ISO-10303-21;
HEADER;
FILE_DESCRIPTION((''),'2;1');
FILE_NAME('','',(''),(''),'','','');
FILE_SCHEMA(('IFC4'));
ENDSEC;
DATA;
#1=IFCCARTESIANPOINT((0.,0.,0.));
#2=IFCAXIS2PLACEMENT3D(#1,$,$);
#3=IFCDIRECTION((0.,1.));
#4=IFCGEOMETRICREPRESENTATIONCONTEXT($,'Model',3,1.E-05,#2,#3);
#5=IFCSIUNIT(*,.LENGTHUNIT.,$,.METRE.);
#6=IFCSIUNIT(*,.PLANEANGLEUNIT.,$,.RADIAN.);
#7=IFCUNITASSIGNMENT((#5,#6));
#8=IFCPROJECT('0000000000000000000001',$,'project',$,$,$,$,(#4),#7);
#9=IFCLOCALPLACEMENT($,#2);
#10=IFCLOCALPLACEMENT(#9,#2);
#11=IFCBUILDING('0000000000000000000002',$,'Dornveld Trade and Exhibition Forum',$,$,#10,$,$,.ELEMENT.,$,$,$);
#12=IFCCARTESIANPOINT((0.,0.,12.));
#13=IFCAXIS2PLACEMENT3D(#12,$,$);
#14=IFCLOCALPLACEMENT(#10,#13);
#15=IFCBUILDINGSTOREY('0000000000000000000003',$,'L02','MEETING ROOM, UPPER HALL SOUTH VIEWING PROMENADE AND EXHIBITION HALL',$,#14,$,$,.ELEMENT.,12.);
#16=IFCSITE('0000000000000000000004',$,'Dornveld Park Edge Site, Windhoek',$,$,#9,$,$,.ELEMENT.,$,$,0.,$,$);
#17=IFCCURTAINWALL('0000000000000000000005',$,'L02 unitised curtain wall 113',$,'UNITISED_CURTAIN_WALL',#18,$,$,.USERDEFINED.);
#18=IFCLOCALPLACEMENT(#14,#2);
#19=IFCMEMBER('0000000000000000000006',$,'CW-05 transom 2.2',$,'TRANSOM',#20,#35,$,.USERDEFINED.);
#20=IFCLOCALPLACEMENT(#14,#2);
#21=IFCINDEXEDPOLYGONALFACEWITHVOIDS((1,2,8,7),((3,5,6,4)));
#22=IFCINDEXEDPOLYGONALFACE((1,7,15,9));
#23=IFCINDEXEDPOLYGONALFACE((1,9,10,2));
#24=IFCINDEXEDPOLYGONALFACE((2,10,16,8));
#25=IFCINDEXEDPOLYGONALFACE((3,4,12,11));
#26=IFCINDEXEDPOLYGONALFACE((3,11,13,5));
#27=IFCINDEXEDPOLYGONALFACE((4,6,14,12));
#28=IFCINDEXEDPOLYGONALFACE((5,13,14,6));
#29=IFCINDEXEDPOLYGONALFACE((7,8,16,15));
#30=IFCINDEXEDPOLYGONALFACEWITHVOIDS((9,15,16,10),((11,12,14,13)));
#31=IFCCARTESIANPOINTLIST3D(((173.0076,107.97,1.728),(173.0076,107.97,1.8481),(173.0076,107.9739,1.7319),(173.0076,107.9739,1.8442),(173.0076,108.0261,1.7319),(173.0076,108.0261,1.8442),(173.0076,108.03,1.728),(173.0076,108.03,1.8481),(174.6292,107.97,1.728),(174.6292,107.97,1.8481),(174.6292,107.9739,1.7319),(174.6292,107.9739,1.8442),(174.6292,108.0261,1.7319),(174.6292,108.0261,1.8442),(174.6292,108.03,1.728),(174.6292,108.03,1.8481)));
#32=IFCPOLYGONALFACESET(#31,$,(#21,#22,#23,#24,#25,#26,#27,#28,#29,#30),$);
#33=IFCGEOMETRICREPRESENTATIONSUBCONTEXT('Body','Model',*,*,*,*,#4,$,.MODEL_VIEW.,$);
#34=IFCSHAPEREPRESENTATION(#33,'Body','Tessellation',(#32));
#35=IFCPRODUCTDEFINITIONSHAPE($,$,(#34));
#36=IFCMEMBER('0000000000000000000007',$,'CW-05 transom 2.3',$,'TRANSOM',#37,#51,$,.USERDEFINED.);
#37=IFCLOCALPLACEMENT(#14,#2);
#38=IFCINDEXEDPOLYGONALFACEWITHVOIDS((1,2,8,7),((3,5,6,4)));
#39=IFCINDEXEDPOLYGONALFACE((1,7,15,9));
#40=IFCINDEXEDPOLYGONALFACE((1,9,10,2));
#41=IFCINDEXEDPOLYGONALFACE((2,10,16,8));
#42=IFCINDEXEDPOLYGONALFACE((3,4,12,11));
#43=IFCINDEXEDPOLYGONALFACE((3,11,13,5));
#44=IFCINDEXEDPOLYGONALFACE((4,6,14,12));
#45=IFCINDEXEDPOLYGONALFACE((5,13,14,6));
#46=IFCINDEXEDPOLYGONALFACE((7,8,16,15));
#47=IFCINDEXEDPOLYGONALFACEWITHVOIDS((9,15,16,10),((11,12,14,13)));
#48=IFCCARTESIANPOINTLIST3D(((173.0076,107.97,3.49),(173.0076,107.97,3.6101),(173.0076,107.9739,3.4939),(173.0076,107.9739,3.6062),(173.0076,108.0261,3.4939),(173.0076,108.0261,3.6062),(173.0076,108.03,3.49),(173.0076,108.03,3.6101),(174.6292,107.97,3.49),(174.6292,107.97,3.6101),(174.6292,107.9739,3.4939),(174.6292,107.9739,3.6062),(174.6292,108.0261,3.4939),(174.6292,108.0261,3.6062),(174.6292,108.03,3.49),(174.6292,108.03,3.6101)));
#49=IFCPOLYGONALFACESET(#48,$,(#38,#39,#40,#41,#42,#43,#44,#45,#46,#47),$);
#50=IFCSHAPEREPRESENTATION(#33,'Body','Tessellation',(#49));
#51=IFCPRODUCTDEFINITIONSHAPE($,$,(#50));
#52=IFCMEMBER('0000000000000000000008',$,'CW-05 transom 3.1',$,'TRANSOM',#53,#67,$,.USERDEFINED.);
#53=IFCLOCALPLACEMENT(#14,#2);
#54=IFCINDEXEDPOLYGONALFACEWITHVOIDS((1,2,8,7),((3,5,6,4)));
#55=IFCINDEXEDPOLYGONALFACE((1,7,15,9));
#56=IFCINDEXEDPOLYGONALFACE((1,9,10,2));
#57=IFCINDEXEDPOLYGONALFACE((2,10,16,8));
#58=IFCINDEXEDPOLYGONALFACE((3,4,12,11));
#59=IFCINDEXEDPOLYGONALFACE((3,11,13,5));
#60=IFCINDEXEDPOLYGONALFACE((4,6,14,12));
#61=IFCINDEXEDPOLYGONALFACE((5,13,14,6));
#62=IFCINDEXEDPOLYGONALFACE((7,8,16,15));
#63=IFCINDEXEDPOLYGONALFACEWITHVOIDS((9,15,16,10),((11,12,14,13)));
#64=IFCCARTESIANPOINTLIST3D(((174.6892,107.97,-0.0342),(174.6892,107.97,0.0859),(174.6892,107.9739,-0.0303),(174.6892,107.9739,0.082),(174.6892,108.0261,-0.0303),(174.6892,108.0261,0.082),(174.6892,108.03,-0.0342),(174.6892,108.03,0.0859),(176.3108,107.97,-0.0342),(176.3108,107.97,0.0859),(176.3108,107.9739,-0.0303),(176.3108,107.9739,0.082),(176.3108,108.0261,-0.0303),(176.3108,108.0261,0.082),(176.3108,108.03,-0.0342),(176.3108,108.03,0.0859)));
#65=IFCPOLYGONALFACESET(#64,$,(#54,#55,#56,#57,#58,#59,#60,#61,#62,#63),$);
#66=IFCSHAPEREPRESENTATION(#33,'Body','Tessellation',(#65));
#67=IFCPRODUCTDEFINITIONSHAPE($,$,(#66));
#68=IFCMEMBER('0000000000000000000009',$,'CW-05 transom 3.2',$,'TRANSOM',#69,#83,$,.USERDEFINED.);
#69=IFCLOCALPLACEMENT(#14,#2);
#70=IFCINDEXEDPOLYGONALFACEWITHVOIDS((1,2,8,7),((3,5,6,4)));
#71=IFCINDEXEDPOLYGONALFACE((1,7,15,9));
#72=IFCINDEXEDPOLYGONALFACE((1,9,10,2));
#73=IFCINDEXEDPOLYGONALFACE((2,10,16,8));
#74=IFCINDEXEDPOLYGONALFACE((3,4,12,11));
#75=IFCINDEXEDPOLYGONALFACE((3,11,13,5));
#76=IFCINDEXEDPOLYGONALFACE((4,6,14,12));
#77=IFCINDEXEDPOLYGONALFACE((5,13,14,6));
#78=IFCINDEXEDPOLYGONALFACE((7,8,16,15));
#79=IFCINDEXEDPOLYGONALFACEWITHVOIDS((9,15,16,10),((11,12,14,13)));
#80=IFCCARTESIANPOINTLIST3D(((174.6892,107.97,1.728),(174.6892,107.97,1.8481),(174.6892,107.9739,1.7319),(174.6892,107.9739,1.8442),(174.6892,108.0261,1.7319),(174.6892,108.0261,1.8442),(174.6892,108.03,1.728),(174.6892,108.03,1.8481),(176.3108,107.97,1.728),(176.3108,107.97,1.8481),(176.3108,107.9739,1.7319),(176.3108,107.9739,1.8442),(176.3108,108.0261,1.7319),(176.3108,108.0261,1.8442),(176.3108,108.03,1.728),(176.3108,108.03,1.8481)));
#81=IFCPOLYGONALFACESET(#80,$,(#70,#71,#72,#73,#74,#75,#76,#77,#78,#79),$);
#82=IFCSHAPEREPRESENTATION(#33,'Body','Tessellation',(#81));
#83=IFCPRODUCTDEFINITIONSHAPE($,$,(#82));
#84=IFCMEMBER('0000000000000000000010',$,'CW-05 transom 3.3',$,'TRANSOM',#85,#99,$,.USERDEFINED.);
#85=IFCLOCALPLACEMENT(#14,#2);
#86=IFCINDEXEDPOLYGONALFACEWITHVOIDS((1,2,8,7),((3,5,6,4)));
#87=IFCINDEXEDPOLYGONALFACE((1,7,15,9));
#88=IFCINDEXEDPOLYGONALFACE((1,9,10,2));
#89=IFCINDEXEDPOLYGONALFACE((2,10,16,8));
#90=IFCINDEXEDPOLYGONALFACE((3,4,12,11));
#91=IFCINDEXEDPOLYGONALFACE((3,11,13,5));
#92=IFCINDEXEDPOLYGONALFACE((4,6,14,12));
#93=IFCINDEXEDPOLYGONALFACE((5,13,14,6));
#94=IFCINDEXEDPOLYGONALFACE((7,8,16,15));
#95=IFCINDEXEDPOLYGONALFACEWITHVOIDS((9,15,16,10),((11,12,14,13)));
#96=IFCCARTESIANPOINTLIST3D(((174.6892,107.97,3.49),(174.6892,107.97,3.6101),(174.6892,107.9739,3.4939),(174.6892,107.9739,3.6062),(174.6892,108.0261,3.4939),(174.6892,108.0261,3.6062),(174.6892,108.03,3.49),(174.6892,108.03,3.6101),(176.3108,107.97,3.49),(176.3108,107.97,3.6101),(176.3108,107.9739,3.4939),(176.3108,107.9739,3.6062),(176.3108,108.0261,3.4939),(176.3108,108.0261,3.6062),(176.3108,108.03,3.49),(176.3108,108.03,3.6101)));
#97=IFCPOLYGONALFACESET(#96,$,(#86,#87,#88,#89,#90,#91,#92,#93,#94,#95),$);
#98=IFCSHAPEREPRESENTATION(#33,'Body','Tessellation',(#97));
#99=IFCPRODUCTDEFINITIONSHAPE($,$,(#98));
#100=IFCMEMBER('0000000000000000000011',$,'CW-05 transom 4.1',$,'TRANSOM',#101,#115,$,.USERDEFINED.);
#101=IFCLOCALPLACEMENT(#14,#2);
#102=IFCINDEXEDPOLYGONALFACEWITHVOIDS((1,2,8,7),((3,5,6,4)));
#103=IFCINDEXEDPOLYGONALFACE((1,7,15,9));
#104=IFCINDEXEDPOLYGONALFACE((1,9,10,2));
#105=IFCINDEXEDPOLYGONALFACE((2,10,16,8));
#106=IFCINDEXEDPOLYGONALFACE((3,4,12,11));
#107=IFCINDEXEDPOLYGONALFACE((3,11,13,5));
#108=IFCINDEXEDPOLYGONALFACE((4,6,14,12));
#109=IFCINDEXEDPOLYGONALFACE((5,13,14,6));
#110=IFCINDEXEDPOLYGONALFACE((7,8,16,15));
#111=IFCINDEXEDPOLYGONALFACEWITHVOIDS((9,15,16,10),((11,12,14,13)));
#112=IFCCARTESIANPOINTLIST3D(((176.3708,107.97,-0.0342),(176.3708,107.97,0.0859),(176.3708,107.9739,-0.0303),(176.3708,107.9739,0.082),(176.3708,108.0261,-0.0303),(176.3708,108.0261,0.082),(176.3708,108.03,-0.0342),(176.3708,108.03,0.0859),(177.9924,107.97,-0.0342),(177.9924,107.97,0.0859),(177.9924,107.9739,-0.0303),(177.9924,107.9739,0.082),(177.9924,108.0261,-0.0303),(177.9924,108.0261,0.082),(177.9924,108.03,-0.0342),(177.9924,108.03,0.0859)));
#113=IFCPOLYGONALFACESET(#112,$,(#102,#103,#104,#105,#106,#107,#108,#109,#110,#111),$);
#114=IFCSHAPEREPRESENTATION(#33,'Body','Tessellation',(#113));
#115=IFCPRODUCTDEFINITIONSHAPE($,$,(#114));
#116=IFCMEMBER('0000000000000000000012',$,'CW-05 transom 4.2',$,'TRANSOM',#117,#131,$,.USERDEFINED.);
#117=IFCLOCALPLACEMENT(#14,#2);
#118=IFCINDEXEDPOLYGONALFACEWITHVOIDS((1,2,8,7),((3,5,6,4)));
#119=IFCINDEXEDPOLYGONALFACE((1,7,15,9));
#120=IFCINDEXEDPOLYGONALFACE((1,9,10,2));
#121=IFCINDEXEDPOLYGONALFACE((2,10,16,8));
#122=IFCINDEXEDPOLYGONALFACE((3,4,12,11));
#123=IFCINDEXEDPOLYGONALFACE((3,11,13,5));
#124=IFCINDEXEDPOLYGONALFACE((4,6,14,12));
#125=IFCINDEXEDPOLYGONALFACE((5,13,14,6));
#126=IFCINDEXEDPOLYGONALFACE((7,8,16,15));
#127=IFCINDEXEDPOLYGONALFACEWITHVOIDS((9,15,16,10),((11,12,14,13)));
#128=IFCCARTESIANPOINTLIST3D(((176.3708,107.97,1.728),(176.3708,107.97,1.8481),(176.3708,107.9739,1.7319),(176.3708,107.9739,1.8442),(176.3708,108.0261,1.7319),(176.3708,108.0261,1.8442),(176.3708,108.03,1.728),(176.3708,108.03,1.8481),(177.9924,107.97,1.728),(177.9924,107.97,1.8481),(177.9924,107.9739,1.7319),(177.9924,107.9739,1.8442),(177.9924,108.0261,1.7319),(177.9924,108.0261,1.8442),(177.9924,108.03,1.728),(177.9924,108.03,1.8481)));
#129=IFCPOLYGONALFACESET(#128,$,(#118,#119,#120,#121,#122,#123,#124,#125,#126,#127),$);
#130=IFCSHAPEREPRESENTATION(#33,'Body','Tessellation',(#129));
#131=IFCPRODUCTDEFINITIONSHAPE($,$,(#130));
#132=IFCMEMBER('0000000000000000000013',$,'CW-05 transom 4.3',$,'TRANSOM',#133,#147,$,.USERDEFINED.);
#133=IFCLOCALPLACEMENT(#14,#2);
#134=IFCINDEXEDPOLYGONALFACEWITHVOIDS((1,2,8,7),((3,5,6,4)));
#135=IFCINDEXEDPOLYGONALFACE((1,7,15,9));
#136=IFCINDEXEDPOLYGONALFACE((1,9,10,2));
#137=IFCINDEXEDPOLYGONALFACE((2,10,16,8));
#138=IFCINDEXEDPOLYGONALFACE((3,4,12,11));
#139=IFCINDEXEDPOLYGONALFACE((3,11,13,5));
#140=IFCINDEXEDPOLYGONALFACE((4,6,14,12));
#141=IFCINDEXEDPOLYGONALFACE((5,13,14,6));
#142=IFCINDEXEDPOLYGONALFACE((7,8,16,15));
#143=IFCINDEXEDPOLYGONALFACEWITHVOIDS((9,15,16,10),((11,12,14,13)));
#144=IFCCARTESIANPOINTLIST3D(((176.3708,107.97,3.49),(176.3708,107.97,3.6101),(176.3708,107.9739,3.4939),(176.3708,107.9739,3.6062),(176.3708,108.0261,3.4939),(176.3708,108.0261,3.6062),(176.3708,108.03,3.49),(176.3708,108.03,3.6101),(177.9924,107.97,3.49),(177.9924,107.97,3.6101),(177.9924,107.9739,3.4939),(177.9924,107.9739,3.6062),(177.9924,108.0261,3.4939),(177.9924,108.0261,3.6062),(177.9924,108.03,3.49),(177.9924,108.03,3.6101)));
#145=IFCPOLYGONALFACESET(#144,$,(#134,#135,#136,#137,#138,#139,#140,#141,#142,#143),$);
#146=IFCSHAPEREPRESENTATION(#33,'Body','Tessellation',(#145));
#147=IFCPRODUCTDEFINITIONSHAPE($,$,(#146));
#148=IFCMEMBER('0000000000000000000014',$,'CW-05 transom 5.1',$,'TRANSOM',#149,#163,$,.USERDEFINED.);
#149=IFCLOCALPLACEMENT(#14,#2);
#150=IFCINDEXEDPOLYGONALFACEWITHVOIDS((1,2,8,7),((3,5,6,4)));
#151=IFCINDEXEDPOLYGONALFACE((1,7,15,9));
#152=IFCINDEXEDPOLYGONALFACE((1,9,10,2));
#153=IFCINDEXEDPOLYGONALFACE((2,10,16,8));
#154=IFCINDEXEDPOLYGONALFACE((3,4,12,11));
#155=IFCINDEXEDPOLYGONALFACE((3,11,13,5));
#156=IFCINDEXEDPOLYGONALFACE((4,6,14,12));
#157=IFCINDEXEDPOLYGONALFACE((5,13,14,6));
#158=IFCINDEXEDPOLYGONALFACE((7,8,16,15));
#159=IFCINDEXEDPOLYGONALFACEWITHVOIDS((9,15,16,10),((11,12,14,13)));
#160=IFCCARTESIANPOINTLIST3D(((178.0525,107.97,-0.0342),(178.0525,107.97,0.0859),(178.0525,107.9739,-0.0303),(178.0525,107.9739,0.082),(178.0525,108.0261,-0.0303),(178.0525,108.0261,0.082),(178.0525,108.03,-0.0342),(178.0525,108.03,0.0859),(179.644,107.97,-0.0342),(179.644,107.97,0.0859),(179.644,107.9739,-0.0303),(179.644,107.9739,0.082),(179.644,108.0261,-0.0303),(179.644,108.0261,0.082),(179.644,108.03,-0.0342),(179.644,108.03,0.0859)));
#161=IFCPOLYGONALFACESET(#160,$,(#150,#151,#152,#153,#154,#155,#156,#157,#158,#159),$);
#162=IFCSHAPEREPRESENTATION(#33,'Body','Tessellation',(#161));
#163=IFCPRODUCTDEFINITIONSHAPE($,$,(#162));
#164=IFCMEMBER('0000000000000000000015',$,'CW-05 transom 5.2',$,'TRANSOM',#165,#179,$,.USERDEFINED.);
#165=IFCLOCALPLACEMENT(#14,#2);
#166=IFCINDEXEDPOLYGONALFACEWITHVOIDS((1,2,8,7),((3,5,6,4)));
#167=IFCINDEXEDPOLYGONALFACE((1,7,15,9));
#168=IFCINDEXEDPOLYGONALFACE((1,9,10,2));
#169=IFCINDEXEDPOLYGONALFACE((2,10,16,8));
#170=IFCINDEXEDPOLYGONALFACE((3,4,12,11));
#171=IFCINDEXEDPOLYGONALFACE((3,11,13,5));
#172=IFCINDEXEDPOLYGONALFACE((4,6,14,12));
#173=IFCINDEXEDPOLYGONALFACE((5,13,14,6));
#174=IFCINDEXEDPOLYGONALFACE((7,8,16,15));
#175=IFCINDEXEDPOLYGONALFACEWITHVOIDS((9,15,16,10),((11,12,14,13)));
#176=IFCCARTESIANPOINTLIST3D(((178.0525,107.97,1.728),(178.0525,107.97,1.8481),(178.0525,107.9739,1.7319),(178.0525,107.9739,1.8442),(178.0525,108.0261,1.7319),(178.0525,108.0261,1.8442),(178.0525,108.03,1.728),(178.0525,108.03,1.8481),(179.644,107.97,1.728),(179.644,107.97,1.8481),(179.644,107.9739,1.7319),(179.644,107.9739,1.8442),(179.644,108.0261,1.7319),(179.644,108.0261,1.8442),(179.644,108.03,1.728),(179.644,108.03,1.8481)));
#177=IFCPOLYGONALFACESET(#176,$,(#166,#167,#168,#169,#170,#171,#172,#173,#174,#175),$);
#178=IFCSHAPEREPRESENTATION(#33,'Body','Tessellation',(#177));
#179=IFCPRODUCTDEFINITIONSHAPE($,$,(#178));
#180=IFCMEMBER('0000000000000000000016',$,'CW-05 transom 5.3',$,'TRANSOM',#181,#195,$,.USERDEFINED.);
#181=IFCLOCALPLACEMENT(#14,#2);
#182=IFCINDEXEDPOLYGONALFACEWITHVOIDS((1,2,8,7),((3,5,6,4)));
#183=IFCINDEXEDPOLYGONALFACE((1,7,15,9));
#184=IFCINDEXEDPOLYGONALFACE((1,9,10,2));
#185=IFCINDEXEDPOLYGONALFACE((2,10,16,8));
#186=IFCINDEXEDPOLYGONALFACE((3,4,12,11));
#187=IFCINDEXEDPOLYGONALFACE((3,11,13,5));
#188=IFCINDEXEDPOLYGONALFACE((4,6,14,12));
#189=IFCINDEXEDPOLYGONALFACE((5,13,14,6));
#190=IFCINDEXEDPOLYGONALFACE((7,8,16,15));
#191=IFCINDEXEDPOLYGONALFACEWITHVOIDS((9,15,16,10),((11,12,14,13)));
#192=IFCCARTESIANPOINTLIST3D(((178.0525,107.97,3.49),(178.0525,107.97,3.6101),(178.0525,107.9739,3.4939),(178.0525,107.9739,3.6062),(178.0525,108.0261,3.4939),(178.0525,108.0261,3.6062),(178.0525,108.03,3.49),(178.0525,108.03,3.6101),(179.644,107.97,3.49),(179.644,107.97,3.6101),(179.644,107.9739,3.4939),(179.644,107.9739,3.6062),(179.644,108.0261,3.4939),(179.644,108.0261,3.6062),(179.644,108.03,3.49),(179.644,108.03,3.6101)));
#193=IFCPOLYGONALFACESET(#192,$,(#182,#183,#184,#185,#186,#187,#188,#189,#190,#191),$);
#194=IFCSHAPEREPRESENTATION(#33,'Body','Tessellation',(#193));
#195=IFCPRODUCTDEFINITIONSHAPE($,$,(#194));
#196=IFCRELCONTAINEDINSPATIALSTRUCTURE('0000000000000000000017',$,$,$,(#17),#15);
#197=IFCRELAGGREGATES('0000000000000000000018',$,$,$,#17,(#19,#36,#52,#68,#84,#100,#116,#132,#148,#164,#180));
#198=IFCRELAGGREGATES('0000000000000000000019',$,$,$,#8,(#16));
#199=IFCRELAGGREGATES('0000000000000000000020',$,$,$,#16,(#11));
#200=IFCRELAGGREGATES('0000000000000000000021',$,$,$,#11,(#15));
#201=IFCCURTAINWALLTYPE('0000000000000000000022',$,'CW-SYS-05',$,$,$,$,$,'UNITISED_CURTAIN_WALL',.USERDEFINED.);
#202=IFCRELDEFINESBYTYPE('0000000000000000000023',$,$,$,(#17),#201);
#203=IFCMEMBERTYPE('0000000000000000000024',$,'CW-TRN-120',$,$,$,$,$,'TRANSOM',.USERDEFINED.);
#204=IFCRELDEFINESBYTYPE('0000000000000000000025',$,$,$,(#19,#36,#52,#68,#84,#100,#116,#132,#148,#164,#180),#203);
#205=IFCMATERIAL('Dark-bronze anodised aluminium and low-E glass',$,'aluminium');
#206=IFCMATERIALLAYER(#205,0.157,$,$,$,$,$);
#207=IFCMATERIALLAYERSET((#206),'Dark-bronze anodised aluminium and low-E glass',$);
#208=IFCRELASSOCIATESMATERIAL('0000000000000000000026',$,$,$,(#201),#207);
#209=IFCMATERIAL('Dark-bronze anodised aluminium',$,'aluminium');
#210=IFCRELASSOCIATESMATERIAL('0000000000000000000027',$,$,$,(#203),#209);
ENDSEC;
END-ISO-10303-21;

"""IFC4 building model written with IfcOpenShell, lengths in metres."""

from ifc_helpers import new_model, si_unit, direction, frame, origin, origin_2d, place, context, subcontext, project, spatial, hollow_rectangle, extrude, material, layer, layer_set, material_profile, profile_set, type_object, element, aggregate, save


model = new_model("IFC4")

# Units and contexts
model_context = context("Model", 3, precision=1e-05, world=origin(), true_north=direction((0.0, 1.0)))
body_context = subcontext(model_context, "Body", "Model", "MODEL_VIEW")
ifc_project = project(units=[si_unit("LENGTHUNIT", "METRE"), si_unit("PLANEANGLEUNIT", "RADIAN")], contexts=[model_context])

# Site, building, storey
site_placement = place(None, origin())
site = spatial("IfcSite", under=ifc_project, at=site_placement, Name="Dornveld Park Edge Site, Windhoek", CompositionType="ELEMENT", RefElevation=0.0)
building_placement = place(site_placement, origin())
building = spatial("IfcBuilding", under=site, at=building_placement, Name="Dornveld Trade and Exhibition Forum", CompositionType="ELEMENT")
storey_placement = place(building_placement, frame((0.0, 0.0, 12.0)))
storey = spatial("IfcBuildingStorey", under=building, at=storey_placement, Name="L02", Description="MEETING ROOM, UPPER HALL SOUTH VIEWING PROMENADE AND EXHIBITION HALL", CompositionType="ELEMENT", Elevation=12.0)

# Curtain wall, members
ifc_material_1 = material(Name="Dark-bronze anodised aluminium and low-E glass", Category="aluminium")
ifc_layer_1 = layer(ifc_material_1, 0.157)
ifc_layer_set_1 = layer_set([ifc_layer_1], Name="Dark-bronze anodised aluminium and low-E glass")
curtain_wall_type = type_object("IfcCurtainWallType", Name="CW-SYS-05", ElementType="UNITISED_CURTAIN_WALL", PredefinedType="USERDEFINED", material=ifc_layer_set_1)
curtain_wall_placement = place(storey_placement, origin())
curtain_wall = element("IfcCurtainWall", 1, at=curtain_wall_placement, inside=storey, type_object=curtain_wall_type, Name="L02 unitised curtain wall 113", ObjectType="UNITISED_CURTAIN_WALL", PredefinedType="USERDEFINED")
ifc_material_2 = material(Name="Dark-bronze anodised aluminium", Category="aluminium")
ifc_material_profile_1 = material_profile(ifc_material_2, hollow_rectangle(XDim=0.0601, YDim=0.1201, WallThickness=0.0039, at=origin_2d()), Name="RHS 120x60x4")
ifc_profile_set_1 = profile_set([ifc_material_profile_1], Name="Dark-bronze anodised aluminium")
member_type_1 = type_object("IfcMemberType", Name="CW-TRN-120", ElementType="TRANSOM", PredefinedType="USERDEFINED", material=ifc_profile_set_1)
member_1_placement = place(storey_placement, frame((173.0076, 108.0, 1.7881), z_axis=(1.0, 0.0, 0.0), x_axis=(0.0, 1.0, 0.0)))
member_1 = element("IfcMember", 2, at=member_1_placement, type_object=member_type_1, Name="CW-05 transom 2.2", ObjectType="TRANSOM", PredefinedType="USERDEFINED", context=body_context, shape_type="SweptSolid", body=[
    extrude(hollow_rectangle(XDim=0.0601, YDim=0.1201, WallThickness=0.0039, at=origin_2d()), origin(), (0.0, 0.0, 1.0), 1.6216),
])
member_2_placement = place(storey_placement, frame((173.0076, 108.0, 3.55), z_axis=(1.0, 0.0, 0.0), x_axis=(0.0, 1.0, 0.0)))
member_2 = element("IfcMember", 3, at=member_2_placement, type_object=member_type_1, Name="CW-05 transom 2.3", ObjectType="TRANSOM", PredefinedType="USERDEFINED", context=body_context, shape_type="SweptSolid", body=[
    extrude(hollow_rectangle(XDim=0.0601, YDim=0.1201, WallThickness=0.0039, at=origin_2d()), origin(), (0.0, 0.0, 1.0), 1.6216),
])
member_3_placement = place(storey_placement, frame((174.6892, 108.0, 0.0259), z_axis=(1.0, 0.0, 0.0), x_axis=(0.0, 1.0, 0.0)))
member_3 = element("IfcMember", 4, at=member_3_placement, type_object=member_type_1, Name="CW-05 transom 3.1", ObjectType="TRANSOM", PredefinedType="USERDEFINED", context=body_context, shape_type="SweptSolid", body=[
    extrude(hollow_rectangle(XDim=0.0601, YDim=0.1201, WallThickness=0.0039, at=origin_2d()), origin(), (0.0, 0.0, 1.0), 1.6216),
])
member_4_placement = place(storey_placement, frame((174.6892, 108.0, 1.7881), z_axis=(1.0, 0.0, 0.0), x_axis=(0.0, 1.0, 0.0)))
member_4 = element("IfcMember", 5, at=member_4_placement, type_object=member_type_1, Name="CW-05 transom 3.2", ObjectType="TRANSOM", PredefinedType="USERDEFINED", context=body_context, shape_type="SweptSolid", body=[
    extrude(hollow_rectangle(XDim=0.0601, YDim=0.1201, WallThickness=0.0039, at=origin_2d()), origin(), (0.0, 0.0, 1.0), 1.6216),
])
member_5_placement = place(storey_placement, frame((174.6892, 108.0, 3.55), z_axis=(1.0, 0.0, 0.0), x_axis=(0.0, 1.0, 0.0)))
member_5 = element("IfcMember", 6, at=member_5_placement, type_object=member_type_1, Name="CW-05 transom 3.3", ObjectType="TRANSOM", PredefinedType="USERDEFINED", context=body_context, shape_type="SweptSolid", body=[
    extrude(hollow_rectangle(XDim=0.0601, YDim=0.1201, WallThickness=0.0039, at=origin_2d()), origin(), (0.0, 0.0, 1.0), 1.6216),
])
member_6_placement = place(storey_placement, frame((176.3708, 108.0, 0.0259), z_axis=(1.0, 0.0, 0.0), x_axis=(0.0, 1.0, 0.0)))
member_6 = element("IfcMember", 7, at=member_6_placement, type_object=member_type_1, Name="CW-05 transom 4.1", ObjectType="TRANSOM", PredefinedType="USERDEFINED", context=body_context, shape_type="SweptSolid", body=[
    extrude(hollow_rectangle(XDim=0.0601, YDim=0.1201, WallThickness=0.0039, at=origin_2d()), origin(), (0.0, 0.0, 1.0), 1.6216),
])
member_7_placement = place(storey_placement, frame((176.3708, 108.0, 1.7881), z_axis=(1.0, 0.0, 0.0), x_axis=(0.0, 1.0, 0.0)))
member_7 = element("IfcMember", 8, at=member_7_placement, type_object=member_type_1, Name="CW-05 transom 4.2", ObjectType="TRANSOM", PredefinedType="USERDEFINED", context=body_context, shape_type="SweptSolid", body=[
    extrude(hollow_rectangle(XDim=0.0601, YDim=0.1201, WallThickness=0.0039, at=origin_2d()), origin(), (0.0, 0.0, 1.0), 1.6216),
])
member_8_placement = place(storey_placement, frame((176.3708, 108.0, 3.55), z_axis=(1.0, 0.0, 0.0), x_axis=(0.0, 1.0, 0.0)))
member_8 = element("IfcMember", 9, at=member_8_placement, type_object=member_type_1, Name="CW-05 transom 4.3", ObjectType="TRANSOM", PredefinedType="USERDEFINED", context=body_context, shape_type="SweptSolid", body=[
    extrude(hollow_rectangle(XDim=0.0601, YDim=0.1201, WallThickness=0.0039, at=origin_2d()), origin(), (0.0, 0.0, 1.0), 1.6216),
])
member_9_placement = place(storey_placement, frame((178.0525, 108.0, 0.0259), z_axis=(1.0, 0.0, 0.0), x_axis=(0.0, 1.0, 0.0)))
member_9 = element("IfcMember", 10, at=member_9_placement, type_object=member_type_1, Name="CW-05 transom 5.1", ObjectType="TRANSOM", PredefinedType="USERDEFINED", context=body_context, shape_type="SweptSolid", body=[
    extrude(hollow_rectangle(XDim=0.0601, YDim=0.1201, WallThickness=0.0039, at=origin_2d()), origin(), (0.0, 0.0, 1.0), 1.5916),
])
member_10_placement = place(storey_placement, frame((178.0525, 108.0, 1.7881), z_axis=(1.0, 0.0, 0.0), x_axis=(0.0, 1.0, 0.0)))
member_10 = element("IfcMember", 11, at=member_10_placement, type_object=member_type_1, Name="CW-05 transom 5.2", ObjectType="TRANSOM", PredefinedType="USERDEFINED", context=body_context, shape_type="SweptSolid", body=[
    extrude(hollow_rectangle(XDim=0.0601, YDim=0.1201, WallThickness=0.0039, at=origin_2d()), origin(), (0.0, 0.0, 1.0), 1.5916),
])
member_11_placement = place(storey_placement, frame((178.0525, 108.0, 3.55), z_axis=(1.0, 0.0, 0.0), x_axis=(0.0, 1.0, 0.0)))
member_11 = element("IfcMember", 12, at=member_11_placement, type_object=member_type_1, Name="CW-05 transom 5.3", ObjectType="TRANSOM", PredefinedType="USERDEFINED", context=body_context, shape_type="SweptSolid", body=[
    extrude(hollow_rectangle(XDim=0.0601, YDim=0.1201, WallThickness=0.0039, at=origin_2d()), origin(), (0.0, 0.0, 1.0), 1.5916),
])
aggregate(curtain_wall, [member_1, member_2, member_3, member_4, member_5, member_6, member_7, member_8, member_9, member_10, member_11])

save(model, "model.ifc")
